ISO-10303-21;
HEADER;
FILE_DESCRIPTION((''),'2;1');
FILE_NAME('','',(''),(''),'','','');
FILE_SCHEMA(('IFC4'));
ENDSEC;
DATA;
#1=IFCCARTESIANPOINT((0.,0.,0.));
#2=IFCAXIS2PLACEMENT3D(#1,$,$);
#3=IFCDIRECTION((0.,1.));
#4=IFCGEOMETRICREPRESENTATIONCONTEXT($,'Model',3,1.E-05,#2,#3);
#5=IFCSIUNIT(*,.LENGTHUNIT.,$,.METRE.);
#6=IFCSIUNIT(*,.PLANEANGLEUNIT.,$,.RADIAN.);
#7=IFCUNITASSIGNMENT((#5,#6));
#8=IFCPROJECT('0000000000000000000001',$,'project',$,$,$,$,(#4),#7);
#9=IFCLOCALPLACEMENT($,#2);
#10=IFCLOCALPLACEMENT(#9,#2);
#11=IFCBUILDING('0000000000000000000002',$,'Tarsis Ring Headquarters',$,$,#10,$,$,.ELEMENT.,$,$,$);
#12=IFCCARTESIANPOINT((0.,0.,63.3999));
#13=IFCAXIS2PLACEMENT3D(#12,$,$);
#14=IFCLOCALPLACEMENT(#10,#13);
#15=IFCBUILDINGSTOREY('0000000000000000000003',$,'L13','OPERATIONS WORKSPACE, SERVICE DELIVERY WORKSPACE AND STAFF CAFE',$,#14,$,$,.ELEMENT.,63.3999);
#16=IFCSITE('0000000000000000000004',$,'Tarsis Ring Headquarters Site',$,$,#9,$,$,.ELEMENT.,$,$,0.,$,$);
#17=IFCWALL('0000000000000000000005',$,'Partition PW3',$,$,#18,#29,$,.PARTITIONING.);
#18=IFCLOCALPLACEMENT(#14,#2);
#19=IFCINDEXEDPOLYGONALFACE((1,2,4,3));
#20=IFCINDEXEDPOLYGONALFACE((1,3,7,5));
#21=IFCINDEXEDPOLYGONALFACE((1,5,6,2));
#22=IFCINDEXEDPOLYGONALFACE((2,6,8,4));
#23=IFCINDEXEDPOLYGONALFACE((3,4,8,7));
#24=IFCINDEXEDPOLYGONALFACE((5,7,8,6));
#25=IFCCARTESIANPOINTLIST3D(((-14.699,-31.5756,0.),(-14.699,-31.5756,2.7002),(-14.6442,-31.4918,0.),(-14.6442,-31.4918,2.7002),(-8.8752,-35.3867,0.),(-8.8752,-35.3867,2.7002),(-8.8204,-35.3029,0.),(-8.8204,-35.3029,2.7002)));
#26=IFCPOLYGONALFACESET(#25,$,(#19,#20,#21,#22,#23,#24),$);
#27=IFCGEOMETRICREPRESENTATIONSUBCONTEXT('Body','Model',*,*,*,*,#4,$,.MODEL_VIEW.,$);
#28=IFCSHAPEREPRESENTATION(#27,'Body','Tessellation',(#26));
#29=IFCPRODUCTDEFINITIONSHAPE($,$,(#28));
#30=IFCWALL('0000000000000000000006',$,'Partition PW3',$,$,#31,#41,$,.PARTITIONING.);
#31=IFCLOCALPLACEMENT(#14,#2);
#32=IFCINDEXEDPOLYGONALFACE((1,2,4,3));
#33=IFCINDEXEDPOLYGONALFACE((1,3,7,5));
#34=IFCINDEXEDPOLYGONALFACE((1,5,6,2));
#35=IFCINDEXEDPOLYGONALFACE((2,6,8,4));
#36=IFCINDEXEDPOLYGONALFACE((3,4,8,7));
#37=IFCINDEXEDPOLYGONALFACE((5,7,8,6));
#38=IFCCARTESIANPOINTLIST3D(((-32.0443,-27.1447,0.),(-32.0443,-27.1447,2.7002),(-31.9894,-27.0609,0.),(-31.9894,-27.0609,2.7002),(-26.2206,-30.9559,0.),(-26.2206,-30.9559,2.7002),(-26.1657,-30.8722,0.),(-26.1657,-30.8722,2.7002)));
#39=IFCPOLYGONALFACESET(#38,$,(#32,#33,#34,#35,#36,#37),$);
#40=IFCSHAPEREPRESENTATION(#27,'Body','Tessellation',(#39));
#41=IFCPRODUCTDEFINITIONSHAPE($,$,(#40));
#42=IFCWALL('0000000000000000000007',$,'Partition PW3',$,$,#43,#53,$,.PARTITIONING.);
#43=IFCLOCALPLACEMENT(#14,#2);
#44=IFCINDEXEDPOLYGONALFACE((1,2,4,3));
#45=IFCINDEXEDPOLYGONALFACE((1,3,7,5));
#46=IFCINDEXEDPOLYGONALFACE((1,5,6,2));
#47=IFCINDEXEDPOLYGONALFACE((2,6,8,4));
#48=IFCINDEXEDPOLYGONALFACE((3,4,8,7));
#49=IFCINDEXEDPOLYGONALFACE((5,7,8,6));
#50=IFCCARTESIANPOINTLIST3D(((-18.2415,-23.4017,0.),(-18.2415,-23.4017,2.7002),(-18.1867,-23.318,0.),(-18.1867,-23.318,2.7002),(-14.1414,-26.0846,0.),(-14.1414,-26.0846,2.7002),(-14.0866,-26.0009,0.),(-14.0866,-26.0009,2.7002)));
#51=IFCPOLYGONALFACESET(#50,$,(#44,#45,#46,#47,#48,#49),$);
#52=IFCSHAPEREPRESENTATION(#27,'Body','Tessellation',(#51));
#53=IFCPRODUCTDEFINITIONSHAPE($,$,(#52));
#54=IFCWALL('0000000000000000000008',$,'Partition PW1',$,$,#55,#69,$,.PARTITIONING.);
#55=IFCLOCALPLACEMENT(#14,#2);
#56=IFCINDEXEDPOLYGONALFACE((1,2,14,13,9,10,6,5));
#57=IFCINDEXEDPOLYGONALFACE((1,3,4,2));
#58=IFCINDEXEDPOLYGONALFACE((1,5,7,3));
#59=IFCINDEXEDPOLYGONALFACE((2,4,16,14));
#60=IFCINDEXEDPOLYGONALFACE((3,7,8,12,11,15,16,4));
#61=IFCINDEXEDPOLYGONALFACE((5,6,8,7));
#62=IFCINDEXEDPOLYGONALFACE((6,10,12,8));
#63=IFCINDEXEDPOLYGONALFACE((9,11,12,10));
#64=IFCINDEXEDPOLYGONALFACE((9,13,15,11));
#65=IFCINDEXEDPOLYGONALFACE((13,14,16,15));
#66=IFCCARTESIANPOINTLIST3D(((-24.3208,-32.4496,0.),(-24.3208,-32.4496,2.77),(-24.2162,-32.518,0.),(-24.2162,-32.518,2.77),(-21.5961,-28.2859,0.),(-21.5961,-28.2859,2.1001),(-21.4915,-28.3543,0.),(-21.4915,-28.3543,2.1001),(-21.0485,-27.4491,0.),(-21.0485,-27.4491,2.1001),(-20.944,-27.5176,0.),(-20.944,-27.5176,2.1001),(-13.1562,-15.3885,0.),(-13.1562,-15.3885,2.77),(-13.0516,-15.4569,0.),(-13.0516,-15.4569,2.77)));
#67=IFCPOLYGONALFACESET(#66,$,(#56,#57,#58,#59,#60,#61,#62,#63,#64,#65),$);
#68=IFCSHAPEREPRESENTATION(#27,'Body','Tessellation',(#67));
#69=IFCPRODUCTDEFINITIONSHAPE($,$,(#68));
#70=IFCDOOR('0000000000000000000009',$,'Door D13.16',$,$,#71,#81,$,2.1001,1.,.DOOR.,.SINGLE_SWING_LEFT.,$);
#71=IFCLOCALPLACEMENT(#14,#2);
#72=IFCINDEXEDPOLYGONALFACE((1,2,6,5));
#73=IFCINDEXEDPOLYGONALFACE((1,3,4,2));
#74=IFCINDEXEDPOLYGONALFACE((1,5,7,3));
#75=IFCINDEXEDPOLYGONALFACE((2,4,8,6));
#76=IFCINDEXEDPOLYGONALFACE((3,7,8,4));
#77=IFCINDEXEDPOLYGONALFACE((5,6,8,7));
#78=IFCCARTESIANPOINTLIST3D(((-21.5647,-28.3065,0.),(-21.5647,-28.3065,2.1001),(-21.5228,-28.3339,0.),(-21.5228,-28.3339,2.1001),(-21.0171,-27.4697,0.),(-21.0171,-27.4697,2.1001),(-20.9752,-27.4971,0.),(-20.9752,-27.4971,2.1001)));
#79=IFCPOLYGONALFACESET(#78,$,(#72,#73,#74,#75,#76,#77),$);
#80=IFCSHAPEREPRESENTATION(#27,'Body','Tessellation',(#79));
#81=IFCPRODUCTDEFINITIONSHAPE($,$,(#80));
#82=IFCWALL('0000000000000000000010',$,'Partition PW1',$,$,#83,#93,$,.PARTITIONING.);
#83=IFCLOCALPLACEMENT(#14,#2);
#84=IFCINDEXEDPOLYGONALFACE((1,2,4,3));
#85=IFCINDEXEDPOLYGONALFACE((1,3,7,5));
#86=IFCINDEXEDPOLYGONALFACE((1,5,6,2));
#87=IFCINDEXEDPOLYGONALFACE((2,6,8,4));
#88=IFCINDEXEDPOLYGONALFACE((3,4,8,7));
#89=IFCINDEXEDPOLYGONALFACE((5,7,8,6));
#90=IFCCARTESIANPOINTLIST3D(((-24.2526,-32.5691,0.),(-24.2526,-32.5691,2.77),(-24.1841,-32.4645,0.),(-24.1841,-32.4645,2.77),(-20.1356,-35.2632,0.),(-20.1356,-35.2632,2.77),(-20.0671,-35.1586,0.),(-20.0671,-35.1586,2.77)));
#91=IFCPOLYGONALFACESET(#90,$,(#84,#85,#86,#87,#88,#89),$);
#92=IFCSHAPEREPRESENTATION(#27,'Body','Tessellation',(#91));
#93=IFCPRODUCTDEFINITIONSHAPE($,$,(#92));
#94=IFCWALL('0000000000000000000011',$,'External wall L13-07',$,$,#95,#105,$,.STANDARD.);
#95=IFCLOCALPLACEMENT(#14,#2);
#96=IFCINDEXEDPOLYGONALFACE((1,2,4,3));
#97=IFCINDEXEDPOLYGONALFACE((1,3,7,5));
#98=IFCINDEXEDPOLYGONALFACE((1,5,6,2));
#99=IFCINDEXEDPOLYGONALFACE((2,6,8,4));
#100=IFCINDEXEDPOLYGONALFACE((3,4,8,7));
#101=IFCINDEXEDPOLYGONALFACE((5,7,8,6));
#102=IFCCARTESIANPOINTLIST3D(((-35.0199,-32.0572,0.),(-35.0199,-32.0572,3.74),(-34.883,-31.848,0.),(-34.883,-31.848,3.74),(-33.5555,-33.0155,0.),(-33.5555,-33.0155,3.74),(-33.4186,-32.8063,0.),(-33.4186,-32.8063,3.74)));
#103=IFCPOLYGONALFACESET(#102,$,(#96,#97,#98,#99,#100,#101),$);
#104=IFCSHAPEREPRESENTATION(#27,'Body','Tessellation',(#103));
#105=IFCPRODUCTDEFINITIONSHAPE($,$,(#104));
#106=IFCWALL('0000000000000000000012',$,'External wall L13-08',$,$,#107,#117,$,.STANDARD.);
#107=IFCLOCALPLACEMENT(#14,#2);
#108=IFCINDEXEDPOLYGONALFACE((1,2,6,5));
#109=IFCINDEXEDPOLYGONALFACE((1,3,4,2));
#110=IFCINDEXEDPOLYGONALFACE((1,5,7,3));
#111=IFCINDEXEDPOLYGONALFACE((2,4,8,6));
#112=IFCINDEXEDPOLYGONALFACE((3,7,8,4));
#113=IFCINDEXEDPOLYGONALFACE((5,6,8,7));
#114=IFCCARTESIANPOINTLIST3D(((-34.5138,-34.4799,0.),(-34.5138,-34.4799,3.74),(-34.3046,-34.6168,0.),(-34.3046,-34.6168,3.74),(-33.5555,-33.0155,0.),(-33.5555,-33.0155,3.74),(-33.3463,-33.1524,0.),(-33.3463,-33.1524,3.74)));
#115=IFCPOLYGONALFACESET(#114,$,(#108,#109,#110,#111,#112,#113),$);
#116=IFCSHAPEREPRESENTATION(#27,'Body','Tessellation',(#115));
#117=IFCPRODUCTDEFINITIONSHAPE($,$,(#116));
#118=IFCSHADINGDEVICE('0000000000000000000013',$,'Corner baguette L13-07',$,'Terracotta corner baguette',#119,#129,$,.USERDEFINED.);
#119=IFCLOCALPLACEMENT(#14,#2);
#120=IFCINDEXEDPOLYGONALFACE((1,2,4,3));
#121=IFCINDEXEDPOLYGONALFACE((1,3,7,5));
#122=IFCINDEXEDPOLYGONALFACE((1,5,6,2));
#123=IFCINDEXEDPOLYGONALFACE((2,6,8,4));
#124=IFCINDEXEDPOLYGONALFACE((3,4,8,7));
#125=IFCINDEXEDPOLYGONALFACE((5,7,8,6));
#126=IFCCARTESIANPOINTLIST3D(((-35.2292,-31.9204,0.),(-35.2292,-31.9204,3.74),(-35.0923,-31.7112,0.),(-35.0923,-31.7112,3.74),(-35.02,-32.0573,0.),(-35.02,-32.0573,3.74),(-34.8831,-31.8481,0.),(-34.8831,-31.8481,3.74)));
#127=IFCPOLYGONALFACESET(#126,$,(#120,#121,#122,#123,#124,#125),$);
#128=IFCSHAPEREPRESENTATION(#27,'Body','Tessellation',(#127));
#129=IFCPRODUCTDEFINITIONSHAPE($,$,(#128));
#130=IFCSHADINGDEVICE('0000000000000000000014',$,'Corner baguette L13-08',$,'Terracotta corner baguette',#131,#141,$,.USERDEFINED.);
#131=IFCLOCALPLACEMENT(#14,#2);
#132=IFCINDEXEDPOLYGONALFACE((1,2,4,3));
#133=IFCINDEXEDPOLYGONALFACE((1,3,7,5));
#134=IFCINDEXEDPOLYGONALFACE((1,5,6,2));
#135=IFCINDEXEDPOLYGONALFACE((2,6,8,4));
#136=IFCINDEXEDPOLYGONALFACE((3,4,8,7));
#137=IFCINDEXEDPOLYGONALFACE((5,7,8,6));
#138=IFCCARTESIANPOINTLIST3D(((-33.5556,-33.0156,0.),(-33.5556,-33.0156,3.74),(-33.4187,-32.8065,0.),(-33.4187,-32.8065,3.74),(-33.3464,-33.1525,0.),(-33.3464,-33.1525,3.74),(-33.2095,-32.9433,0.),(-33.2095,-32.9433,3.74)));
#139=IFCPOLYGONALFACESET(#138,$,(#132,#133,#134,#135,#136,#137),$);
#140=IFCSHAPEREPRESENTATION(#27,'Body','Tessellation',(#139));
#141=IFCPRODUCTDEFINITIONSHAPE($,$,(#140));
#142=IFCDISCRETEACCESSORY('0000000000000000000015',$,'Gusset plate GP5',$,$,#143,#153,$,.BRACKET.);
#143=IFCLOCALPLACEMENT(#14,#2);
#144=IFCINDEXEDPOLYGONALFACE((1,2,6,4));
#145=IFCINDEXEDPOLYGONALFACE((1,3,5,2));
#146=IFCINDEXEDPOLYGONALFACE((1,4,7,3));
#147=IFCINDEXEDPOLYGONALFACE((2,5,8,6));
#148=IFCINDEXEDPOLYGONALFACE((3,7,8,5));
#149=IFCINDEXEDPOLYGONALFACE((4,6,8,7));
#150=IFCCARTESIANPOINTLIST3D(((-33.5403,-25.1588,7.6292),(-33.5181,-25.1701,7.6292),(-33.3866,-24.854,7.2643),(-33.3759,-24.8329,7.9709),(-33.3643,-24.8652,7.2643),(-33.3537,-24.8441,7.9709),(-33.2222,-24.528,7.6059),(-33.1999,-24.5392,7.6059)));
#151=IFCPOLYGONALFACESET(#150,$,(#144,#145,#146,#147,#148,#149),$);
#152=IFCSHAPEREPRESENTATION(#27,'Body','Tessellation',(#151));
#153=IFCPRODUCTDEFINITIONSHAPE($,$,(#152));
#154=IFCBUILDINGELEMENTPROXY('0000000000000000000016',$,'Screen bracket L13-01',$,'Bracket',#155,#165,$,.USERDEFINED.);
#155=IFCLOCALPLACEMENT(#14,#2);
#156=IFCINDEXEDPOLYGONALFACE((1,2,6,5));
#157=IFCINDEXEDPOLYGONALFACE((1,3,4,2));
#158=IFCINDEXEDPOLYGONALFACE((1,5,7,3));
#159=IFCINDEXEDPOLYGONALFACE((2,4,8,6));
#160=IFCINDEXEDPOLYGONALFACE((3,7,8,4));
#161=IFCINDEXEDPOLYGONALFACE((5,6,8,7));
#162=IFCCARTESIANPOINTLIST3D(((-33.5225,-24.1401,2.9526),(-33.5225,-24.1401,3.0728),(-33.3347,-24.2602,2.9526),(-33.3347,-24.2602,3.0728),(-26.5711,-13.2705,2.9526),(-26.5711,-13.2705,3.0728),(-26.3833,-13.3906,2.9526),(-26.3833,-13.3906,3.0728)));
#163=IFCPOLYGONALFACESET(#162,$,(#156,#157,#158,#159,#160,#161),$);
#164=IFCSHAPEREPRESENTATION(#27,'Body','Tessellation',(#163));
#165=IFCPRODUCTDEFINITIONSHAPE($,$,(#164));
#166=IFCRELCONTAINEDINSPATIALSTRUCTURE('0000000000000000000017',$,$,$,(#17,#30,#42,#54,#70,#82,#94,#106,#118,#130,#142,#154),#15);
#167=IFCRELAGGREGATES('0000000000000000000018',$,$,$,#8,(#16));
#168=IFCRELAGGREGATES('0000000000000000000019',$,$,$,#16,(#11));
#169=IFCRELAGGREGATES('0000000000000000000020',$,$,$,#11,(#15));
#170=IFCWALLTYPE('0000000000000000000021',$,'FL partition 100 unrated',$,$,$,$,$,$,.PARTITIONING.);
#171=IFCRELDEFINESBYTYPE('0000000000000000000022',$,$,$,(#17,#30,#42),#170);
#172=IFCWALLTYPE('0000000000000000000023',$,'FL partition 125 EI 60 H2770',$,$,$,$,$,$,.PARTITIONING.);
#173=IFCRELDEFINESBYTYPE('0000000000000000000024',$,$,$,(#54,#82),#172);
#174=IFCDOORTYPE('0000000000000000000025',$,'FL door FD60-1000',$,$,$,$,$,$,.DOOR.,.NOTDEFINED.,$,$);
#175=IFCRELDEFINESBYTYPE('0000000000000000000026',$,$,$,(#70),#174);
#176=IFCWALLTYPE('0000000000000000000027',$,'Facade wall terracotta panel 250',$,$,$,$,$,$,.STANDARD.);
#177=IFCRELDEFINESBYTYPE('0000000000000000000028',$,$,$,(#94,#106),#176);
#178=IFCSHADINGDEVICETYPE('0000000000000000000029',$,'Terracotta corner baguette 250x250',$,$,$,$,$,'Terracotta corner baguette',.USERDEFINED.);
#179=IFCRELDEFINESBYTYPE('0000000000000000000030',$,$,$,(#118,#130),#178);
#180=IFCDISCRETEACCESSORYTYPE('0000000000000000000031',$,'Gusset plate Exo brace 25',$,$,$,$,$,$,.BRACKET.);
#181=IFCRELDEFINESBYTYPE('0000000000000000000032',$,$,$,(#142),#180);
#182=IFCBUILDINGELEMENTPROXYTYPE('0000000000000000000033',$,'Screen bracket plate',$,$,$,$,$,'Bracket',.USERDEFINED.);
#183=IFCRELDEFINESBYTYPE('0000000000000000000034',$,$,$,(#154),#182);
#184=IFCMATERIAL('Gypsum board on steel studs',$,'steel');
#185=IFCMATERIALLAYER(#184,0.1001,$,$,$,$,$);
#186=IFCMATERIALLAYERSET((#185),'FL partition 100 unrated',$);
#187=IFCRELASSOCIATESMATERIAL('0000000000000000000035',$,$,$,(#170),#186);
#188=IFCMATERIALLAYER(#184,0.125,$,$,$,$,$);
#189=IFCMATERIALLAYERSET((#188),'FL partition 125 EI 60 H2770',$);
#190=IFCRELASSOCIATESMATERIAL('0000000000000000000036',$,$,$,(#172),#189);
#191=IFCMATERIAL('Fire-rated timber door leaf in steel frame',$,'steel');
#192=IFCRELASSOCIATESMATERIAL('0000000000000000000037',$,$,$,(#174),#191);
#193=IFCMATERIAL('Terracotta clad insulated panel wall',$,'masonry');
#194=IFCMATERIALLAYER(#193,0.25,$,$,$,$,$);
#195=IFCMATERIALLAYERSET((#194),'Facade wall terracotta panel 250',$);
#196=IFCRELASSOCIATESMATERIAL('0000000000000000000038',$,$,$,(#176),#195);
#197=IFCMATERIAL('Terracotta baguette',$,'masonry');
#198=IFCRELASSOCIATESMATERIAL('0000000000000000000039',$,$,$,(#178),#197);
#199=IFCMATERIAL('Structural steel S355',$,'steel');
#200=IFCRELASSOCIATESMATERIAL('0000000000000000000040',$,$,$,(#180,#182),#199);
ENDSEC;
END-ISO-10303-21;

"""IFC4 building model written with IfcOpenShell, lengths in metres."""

from ifc_helpers import new_model, si_unit, direction, frame, frame_2d, origin, origin_2d, place, context, subcontext, project, spatial, rectangle, extrude, material, layer, layer_set, material_profile, profile_set, type_object, element, fill, save


model = new_model("IFC4")

# Units and contexts
model_context = context("Model", 3, precision=1e-05, world=origin(), true_north=direction((0.0, 1.0)))
body_context = subcontext(model_context, "Body", "Model", "MODEL_VIEW")
ifc_project = project(units=[si_unit("LENGTHUNIT", "METRE"), si_unit("PLANEANGLEUNIT", "RADIAN")], contexts=[model_context])

# Site, building, storey
site_placement = place(None, origin())
site = spatial("IfcSite", under=ifc_project, at=site_placement, Name="Tarsis Ring Headquarters Site", CompositionType="ELEMENT", RefElevation=0.0)
building_placement = place(site_placement, origin())
building = spatial("IfcBuilding", under=site, at=building_placement, Name="Tarsis Ring Headquarters", CompositionType="ELEMENT")
storey_placement = place(building_placement, frame((0.0, 0.0, 63.3999)))
storey = spatial("IfcBuildingStorey", under=building, at=storey_placement, Name="L13", Description="OPERATIONS WORKSPACE, SERVICE DELIVERY WORKSPACE AND STAFF CAFE", CompositionType="ELEMENT", Elevation=63.3999)

# Shared definitions
ifc_material_1 = material(Name="Structural steel S355", Category="steel")

# Walls
ifc_material_2 = material(Name="Gypsum board on steel studs", Category="steel")
ifc_layer_1 = layer(ifc_material_2, 0.1001)
ifc_layer_set_1 = layer_set([ifc_layer_1], Name="FL partition 100 unrated")
wall_type_1 = type_object("IfcWallType", Name="FL partition 100 unrated", PredefinedType="PARTITIONING", material=ifc_layer_set_1)
for number, where, z_axis, x_axis, name in (
    (1, (-14.6716, -31.5337, 0.0), (0.0, 0.0, 1.0), (0.836758, -0.547573, 0.0), "Partition PW3"),
    (2, (-32.0168, -27.1028, 0.0), (0.0, 0.0, 1.0), (0.836742, -0.547597, 0.0), "Partition PW3"),
):
    element("IfcWall", number, at=place(storey_placement, frame(where, z_axis=z_axis, x_axis=x_axis)), inside=storey, type_object=wall_type_1, Name=name, PredefinedType="PARTITIONING", context=body_context, shape_type="SweptSolid", body=[
        extrude(rectangle(XDim=6.96, YDim=0.1001, at=frame_2d((3.48, 0.0))), origin(), (0.0, 0.0, 1.0), 2.7002),
    ])
wall_1_placement = place(storey_placement, frame((-18.2141, -23.3599, 0.0), z_axis=(0.0, 0.0, 1.0), x_axis=(0.83678, -0.547539, 0.0)))
element("IfcWall", 3, at=wall_1_placement, inside=storey, type_object=wall_type_1, Name="Partition PW3", PredefinedType="PARTITIONING", context=body_context, shape_type="SweptSolid", body=[
    extrude(rectangle(XDim=4.8999, YDim=0.1001, at=frame_2d((2.45, 0.0))), origin(), (0.0, 0.0, 1.0), 2.7002),
])

# Wall, opening, door
ifc_layer_2 = layer(ifc_material_2, 0.125)
ifc_layer_set_2 = layer_set([ifc_layer_2], Name="FL partition 125 EI 60 H2770")
wall_type_2 = type_object("IfcWallType", Name="FL partition 125 EI 60 H2770", PredefinedType="PARTITIONING", material=ifc_layer_set_2)
wall_2_placement = place(storey_placement, frame((-24.2686, -32.4839, 0.0), z_axis=(0.0, 0.0, 1.0), x_axis=(0.547567, 0.836762, 0.0)))
wall_2 = element("IfcWall", 4, at=wall_2_placement, inside=storey, type_object=wall_type_2, Name="Partition PW1", PredefinedType="PARTITIONING", context=body_context, shape_type="SweptSolid", body=[
    extrude(rectangle(XDim=20.3894, YDim=0.125, at=frame_2d((10.1948, 0.0))), origin(), (0.0, 0.0, 1.0), 2.77),
])
opening_placement = place(wall_2_placement, frame((4.9761, 0.0, 0.0)))
opening = element("IfcOpeningElement", 5, at=opening_placement, cuts=wall_2, PredefinedType="OPENING", context=body_context, shape_type="SweptSolid", body=[
    extrude(rectangle(XDim=1.0, YDim=2.1001, at=frame_2d((0.5, 1.05))), frame((0.0, 0.0725, 0.0), z_axis=(0.0, -1.0, 0.0), x_axis=(1.0, 0.0, 0.0)), (0.0, 0.0, 1.0), 0.145),
])
ifc_material_3 = material(Name="Fire-rated timber door leaf in steel frame", Category="steel")
door_type = type_object("IfcDoorType", Name="FL door FD60-1000", OperationType="NOTDEFINED", PredefinedType="DOOR", material=ifc_material_3)
door_placement = place(opening_placement, origin())
door = element("IfcDoor", 6, at=door_placement, inside=storey, type_object=door_type, Name="Door D13.16", OperationType="SINGLE_SWING_LEFT", OverallHeight=2.1001, OverallWidth=1.0, PredefinedType="DOOR", context=body_context, shape_type="SweptSolid", body=[
    extrude(rectangle(XDim=1.0, YDim=2.1001, at=frame_2d((0.5, 1.05))), frame((0.0, 0.0249, 0.0), z_axis=(0.0, -1.0, 0.0), x_axis=(1.0, 0.0, 0.0)), (0.0, 0.0, 1.0), 0.05),
])
fill(opening, door)

# Walls
wall_3_placement = place(storey_placement, frame((-24.2183, -32.5168, 0.0), z_axis=(0.0, 0.0, 1.0), x_axis=(0.836761, -0.547569, 0.0)))
element("IfcWall", 7, at=wall_3_placement, inside=storey, type_object=wall_type_2, Name="Partition PW1", PredefinedType="PARTITIONING", context=body_context, shape_type="SweptSolid", body=[
    extrude(rectangle(XDim=4.9202, YDim=0.125, at=frame_2d((2.46, 0.0))), origin(), (0.0, 0.0, 1.0), 2.77),
])
ifc_material_4 = material(Name="Terracotta clad insulated panel wall", Category="masonry")
ifc_layer_3 = layer(ifc_material_4, 0.25)
ifc_layer_set_3 = layer_set([ifc_layer_3], Name="Facade wall terracotta panel 250")
wall_type_3 = type_object("IfcWallType", Name="Facade wall terracotta panel 250", PredefinedType="STANDARD", material=ifc_layer_set_3)
for number, where, z_axis, x_axis, name in (
    (8, (-34.9514, -31.9526, 0.0), (0.0, 0.0, 1.0), (0.836763, -0.547565, 0.0), "External wall L13-07"),
    (9, (-33.4509, -33.084, 0.0), (0.0, 0.0, 1.0), (-0.547565, -0.836763, 0.0), "External wall L13-08"),
):
    element("IfcWall", number, at=place(storey_placement, frame(where, z_axis=z_axis, x_axis=x_axis)), inside=storey, type_object=wall_type_3, Name=name, PredefinedType="STANDARD", context=body_context, shape_type="SweptSolid", body=[
        extrude(rectangle(XDim=1.75, YDim=0.25, at=frame_2d((0.875, 0.0))), origin(), (0.0, 0.0, 1.0), 3.74),
    ])

# Shading devices
ifc_material_5 = material(Name="Terracotta baguette", Category="masonry")
shading_device_type_1 = type_object("IfcShadingDeviceType", Name="Terracotta corner baguette 250x250", ElementType="Terracotta corner baguette", PredefinedType="USERDEFINED", material=ifc_material_5)
for number, where, z_axis, x_axis, name in (
    (10, (-35.0562, -31.8843, 0.0), (0.0, 0.0, 1.0), (-0.547563, -0.836764, 0.0), "Corner baguette L13-07"),
    (11, (-33.3826, -32.9795, 0.0), (0.0, 0.0, 1.0), (0.836764, -0.547563, 0.0), "Corner baguette L13-08"),
):
    element("IfcShadingDevice", number, at=place(storey_placement, frame(where, z_axis=z_axis, x_axis=x_axis)), inside=storey, type_object=shading_device_type_1, Name=name, ObjectType="Terracotta corner baguette", PredefinedType="USERDEFINED", context=body_context, shape_type="SweptSolid", body=[
        extrude(rectangle(XDim=0.25, YDim=0.25, at=origin_2d()), origin(), (0.0, 0.0, 1.0), 3.74),
    ])

# Discrete accessory
ifc_material_profile_1 = material_profile(ifc_material_1, rectangle(XDim=0.0249, YDim=0.5, at=origin_2d()), Name="PL 25x500")
ifc_profile_set_1 = profile_set([ifc_material_profile_1], Name="Structural steel S355")
discrete_accessory_type = type_object("IfcDiscreteAccessoryType", Name="Gusset plate Exo brace 25", PredefinedType="BRACKET", material=ifc_profile_set_1)
discrete_accessory_placement = place(storey_placement, frame((-33.447, -25.0015, 7.8), z_axis=(0.307704, 0.610036, -0.730187), x_axis=(-0.892849, 0.450356, 0.0)))
element("IfcDiscreteAccessory", 12, at=discrete_accessory_placement, inside=storey, type_object=discrete_accessory_type, Name="Gusset plate GP5", PredefinedType="BRACKET", context=body_context, shape_type="SweptSolid", body=[
    extrude(rectangle(XDim=0.0249, YDim=0.5, at=origin_2d()), origin(), (0.0, 0.0, 1.0), 0.4998),
])

# Building element proxy
building_element_proxy_type = type_object("IfcBuildingElementProxyType", Name="Screen bracket plate", ElementType="Bracket", PredefinedType="USERDEFINED", material=ifc_material_1)
proxy_placement = place(storey_placement, frame((-29.9529, -18.7654, 2.9526), z_axis=(0.0, 0.0, 1.0), x_axis=(-0.538771, -0.842452, 0.0)))
element("IfcBuildingElementProxy", 13, at=proxy_placement, inside=storey, type_object=building_element_proxy_type, Name="Screen bracket L13-01", ObjectType="Bracket", PredefinedType="USERDEFINED", context=body_context, shape_type="SweptSolid", body=[
    extrude(rectangle(XDim=12.9023, YDim=0.2229, at=origin_2d()), origin(), (0.0, 0.0, 1.0), 0.1201),
])

save(model, "model.ifc")
